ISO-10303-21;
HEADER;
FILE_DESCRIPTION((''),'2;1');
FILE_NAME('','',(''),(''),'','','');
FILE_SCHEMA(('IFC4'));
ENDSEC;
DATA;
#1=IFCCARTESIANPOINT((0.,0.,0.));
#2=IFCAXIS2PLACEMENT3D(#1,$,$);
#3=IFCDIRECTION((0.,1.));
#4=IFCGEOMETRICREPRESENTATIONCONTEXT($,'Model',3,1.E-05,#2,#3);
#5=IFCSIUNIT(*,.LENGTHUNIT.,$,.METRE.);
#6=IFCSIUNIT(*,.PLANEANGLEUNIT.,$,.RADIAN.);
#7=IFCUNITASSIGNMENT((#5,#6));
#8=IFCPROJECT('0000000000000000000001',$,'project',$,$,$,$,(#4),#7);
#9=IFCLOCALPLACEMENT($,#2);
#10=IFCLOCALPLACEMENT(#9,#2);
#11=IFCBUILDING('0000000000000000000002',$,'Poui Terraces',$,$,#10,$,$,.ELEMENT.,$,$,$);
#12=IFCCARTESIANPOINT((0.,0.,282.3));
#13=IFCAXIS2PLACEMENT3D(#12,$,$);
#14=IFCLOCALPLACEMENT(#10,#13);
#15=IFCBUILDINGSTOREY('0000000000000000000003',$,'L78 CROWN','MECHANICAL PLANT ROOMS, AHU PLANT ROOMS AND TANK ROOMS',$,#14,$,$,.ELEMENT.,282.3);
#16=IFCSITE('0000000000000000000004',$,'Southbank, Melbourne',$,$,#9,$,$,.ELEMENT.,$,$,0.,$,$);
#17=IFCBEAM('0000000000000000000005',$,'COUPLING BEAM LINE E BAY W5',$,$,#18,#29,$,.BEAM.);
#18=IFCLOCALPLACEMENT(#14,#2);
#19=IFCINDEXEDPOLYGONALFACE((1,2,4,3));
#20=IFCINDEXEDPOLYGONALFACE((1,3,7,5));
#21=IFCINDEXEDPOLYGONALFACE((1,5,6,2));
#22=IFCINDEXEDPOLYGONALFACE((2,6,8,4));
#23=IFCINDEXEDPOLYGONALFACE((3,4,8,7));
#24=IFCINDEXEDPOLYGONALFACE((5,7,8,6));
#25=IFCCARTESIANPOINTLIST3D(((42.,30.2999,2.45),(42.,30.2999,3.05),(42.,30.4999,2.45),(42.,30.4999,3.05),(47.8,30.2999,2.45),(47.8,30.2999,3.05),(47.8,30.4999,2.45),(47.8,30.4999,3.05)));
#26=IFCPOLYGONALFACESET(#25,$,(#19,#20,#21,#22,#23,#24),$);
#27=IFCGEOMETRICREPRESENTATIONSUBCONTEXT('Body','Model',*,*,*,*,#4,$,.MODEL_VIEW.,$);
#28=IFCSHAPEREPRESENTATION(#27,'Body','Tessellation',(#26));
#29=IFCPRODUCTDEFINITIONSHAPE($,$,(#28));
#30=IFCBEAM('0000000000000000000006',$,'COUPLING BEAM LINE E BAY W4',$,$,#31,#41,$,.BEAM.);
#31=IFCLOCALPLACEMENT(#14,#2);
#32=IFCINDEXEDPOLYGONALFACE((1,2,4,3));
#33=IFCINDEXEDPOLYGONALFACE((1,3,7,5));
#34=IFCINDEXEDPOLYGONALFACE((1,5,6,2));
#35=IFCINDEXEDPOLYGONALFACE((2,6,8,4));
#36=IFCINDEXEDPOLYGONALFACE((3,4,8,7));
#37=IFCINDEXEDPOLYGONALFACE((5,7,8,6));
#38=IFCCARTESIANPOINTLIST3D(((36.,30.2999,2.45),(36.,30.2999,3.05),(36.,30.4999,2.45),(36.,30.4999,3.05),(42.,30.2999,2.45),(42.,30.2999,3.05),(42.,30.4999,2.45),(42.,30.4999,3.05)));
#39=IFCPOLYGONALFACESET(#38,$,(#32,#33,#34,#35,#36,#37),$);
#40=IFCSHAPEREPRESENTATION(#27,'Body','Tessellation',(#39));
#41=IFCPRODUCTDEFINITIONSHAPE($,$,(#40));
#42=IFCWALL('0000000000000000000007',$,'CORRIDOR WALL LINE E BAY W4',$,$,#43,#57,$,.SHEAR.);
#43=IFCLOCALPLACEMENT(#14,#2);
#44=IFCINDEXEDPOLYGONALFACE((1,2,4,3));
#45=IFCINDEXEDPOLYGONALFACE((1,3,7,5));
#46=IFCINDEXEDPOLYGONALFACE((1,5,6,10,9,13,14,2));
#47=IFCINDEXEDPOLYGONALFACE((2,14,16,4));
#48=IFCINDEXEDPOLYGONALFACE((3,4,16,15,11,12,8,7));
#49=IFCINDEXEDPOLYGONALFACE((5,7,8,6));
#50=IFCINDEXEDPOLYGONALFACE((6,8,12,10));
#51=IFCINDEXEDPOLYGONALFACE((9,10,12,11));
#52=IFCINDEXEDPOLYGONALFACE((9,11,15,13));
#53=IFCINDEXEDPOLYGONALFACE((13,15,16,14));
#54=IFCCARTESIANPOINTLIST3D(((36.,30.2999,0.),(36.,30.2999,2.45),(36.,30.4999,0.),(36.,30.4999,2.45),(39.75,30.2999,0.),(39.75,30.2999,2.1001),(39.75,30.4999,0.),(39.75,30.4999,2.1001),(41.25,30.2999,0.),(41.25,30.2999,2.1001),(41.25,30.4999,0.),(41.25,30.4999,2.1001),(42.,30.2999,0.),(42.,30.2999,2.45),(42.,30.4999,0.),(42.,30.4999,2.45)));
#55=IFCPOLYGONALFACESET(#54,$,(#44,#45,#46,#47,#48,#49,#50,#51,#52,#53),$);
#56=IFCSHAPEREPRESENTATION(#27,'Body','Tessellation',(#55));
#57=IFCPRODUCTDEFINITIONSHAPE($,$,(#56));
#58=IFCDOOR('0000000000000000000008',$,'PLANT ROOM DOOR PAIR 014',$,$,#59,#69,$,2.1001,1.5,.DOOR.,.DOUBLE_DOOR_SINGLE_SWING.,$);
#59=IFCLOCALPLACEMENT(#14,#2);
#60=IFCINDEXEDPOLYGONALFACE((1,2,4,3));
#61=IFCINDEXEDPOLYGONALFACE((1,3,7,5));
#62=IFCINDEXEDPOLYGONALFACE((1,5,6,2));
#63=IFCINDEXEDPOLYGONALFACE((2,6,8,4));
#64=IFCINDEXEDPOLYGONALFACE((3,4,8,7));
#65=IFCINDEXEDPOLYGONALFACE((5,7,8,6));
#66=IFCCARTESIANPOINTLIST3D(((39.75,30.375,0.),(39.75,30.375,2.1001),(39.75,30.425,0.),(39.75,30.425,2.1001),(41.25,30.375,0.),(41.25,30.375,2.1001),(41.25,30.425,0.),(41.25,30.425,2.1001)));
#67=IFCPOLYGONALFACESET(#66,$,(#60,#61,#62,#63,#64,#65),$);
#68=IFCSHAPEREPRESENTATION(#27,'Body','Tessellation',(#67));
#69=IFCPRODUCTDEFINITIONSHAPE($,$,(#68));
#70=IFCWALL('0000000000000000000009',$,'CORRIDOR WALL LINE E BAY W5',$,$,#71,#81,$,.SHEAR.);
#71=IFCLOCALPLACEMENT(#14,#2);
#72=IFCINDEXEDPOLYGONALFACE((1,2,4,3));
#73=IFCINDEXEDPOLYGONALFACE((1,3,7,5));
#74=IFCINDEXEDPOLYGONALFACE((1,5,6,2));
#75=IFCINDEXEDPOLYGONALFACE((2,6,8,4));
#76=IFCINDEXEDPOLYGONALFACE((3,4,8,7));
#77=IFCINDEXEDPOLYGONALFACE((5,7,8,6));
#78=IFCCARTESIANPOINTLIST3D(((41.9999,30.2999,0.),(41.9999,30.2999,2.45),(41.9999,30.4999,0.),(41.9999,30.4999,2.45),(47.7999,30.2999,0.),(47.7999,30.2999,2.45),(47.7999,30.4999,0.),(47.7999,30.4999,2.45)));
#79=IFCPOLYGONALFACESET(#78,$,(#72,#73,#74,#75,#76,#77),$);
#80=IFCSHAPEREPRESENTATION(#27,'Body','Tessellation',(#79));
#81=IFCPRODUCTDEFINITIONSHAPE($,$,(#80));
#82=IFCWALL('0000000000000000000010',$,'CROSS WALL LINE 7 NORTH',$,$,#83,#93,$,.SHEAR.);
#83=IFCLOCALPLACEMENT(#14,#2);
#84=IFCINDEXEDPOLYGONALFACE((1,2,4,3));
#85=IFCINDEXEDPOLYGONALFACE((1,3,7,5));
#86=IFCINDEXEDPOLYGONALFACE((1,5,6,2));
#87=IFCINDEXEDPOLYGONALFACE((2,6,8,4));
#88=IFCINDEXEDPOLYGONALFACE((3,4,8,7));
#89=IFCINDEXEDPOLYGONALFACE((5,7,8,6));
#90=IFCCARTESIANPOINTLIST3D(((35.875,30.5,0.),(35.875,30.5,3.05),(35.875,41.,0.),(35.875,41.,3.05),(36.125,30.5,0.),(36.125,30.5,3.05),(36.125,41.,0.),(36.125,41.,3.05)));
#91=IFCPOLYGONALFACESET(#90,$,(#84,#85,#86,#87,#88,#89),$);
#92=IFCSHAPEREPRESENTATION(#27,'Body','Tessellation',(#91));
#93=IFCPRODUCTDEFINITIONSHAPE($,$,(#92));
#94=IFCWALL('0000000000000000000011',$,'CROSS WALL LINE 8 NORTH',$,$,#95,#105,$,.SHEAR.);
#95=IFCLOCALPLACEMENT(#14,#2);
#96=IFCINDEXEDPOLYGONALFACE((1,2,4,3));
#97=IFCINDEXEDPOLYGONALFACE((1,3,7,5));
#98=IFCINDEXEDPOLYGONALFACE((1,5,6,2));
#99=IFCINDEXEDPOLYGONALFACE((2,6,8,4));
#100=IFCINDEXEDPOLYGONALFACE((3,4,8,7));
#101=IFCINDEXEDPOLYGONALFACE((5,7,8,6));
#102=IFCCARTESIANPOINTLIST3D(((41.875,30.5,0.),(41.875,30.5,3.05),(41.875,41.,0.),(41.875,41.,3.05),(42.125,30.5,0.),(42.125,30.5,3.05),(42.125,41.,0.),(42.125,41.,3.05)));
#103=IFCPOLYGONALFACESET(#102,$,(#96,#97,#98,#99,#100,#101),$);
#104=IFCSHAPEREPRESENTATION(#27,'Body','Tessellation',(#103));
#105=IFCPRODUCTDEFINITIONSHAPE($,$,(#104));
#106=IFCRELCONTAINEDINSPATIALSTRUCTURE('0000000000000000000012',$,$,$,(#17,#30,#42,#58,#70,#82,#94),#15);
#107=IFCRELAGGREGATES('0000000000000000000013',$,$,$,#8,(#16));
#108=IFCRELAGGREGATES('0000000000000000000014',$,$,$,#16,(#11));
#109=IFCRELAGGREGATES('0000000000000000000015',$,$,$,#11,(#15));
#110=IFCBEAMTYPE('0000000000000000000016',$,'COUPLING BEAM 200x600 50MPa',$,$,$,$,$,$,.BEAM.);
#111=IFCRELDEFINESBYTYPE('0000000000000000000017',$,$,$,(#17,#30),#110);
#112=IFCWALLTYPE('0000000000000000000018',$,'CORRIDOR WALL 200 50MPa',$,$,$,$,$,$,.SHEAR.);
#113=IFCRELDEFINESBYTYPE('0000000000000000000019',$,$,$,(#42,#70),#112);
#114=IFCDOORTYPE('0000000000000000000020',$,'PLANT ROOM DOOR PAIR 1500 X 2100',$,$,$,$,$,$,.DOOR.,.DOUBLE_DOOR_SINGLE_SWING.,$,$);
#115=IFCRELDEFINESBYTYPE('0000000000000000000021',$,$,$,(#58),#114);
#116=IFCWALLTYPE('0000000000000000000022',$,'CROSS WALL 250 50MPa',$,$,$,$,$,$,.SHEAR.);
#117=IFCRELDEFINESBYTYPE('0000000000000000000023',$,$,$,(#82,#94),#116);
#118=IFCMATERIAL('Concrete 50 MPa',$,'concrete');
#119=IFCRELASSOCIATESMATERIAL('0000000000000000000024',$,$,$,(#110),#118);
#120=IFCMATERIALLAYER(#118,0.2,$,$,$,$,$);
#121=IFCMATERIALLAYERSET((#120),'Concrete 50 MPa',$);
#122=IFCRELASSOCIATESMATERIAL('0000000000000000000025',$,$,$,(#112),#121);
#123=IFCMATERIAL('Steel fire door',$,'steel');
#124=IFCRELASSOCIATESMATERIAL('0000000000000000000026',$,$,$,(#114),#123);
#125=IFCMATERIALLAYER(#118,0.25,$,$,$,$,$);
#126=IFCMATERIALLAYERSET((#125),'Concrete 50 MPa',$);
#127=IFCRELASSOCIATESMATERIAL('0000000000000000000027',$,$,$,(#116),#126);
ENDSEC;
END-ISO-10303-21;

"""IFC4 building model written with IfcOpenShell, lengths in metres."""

from ifc_helpers import new_model, si_unit, direction, frame, frame_2d, origin, origin_2d, place, context, subcontext, project, spatial, rectangle, extrude, source, transform, mapped, material, layer, layer_set, material_profile, profile_set, type_object, element, fill, save


model = new_model("IFC4")

# Units and contexts
model_context = context("Model", 3, precision=1e-05, world=origin(), true_north=direction((0.0, 1.0)))
body_context = subcontext(model_context, "Body", "Model", "MODEL_VIEW")
ifc_project = project(units=[si_unit("LENGTHUNIT", "METRE"), si_unit("PLANEANGLEUNIT", "RADIAN")], contexts=[model_context])

# Site, building, storey
site_placement = place(None, origin())
site = spatial("IfcSite", under=ifc_project, at=site_placement, Name="Southbank, Melbourne", CompositionType="ELEMENT", RefElevation=0.0)
building_placement = place(site_placement, origin())
building = spatial("IfcBuilding", under=site, at=building_placement, Name="Poui Terraces", CompositionType="ELEMENT")
storey_placement = place(building_placement, frame((0.0, 0.0, 282.3)))
storey = spatial("IfcBuildingStorey", under=building, at=storey_placement, Name="L78 CROWN", Description="MECHANICAL PLANT ROOMS, AHU PLANT ROOMS AND TANK ROOMS", CompositionType="ELEMENT", Elevation=282.3)

# Beams
ifc_material_1 = material(Name="Concrete 50 MPa", Category="concrete")
ifc_material_profile_1 = material_profile(ifc_material_1, rectangle(XDim=0.2, YDim=0.6001, at=origin_2d()), Name="RC 200x600")
ifc_profile_set_1 = profile_set([ifc_material_profile_1], Name="Concrete 50 MPa")
beam_type = type_object("IfcBeamType", Name="COUPLING BEAM 200x600 50MPa", PredefinedType="BEAM", material=ifc_profile_set_1)
shared_shape_1 = source(origin(), body_context, "Body", "SweptSolid", [
    extrude(rectangle(XDim=0.2, YDim=0.6001, at=origin_2d()), origin(), (0.0, 0.0, 1.0), 5.8),
])
beam_1_placement = place(storey_placement, frame((42.0, 30.3999, 2.75), z_axis=(1.0, 0.0, 0.0), x_axis=(0.0, 1.0, 0.0)))
element("IfcBeam", 1, at=beam_1_placement, inside=storey, type_object=beam_type, Name="COUPLING BEAM LINE E BAY W5", PredefinedType="BEAM", context=body_context, shape_type="MappedRepresentation", body=[
    mapped(shared_shape_1, transform((0.0, 0.0, 0.0))),
])
shared_shape_2 = source(origin(), body_context, "Body", "SweptSolid", [
    extrude(rectangle(XDim=0.2, YDim=0.6001, at=origin_2d()), origin(), (0.0, 0.0, 1.0), 6.0),
])
beam_2_placement = place(storey_placement, frame((36.0, 30.3999, 2.75), z_axis=(1.0, 0.0, 0.0), x_axis=(0.0, 1.0, 0.0)))
element("IfcBeam", 2, at=beam_2_placement, inside=storey, type_object=beam_type, Name="COUPLING BEAM LINE E BAY W4", PredefinedType="BEAM", context=body_context, shape_type="MappedRepresentation", body=[
    mapped(shared_shape_2, transform((0.0, 0.0, 0.0))),
])

# Wall, opening, door
ifc_layer_1 = layer(ifc_material_1, 0.2)
ifc_layer_set_1 = layer_set([ifc_layer_1], Name="Concrete 50 MPa")
wall_type_1 = type_object("IfcWallType", Name="CORRIDOR WALL 200 50MPa", PredefinedType="SHEAR", material=ifc_layer_set_1)
wall_1_placement = place(storey_placement, frame((36.0, 30.3999, 0.0), z_axis=(0.0, 0.0, 1.0), x_axis=(1.0, 0.0, 0.0)))
wall_1 = element("IfcWall", 3, at=wall_1_placement, inside=storey, type_object=wall_type_1, Name="CORRIDOR WALL LINE E BAY W4", PredefinedType="SHEAR", context=body_context, shape_type="SweptSolid", body=[
    extrude(rectangle(XDim=6.0, YDim=0.2, at=frame_2d((3.0, 0.0))), origin(), (0.0, 0.0, 1.0), 2.45),
])
opening_1_placement = place(wall_1_placement, frame((3.75, 0.0, 0.0)))
opening_1 = element("IfcOpeningElement", 4, at=opening_1_placement, cuts=wall_1, PredefinedType="OPENING", context=body_context, shape_type="SweptSolid", body=[
    extrude(rectangle(XDim=1.5, YDim=2.1001, at=frame_2d((0.75, 1.05))), frame((0.0, 0.1099, 0.0), z_axis=(0.0, -1.0, 0.0), x_axis=(1.0, 0.0, 0.0)), (0.0, 0.0, 1.0), 0.22),
])
ifc_material_2 = material(Name="Steel fire door", Category="steel")
door_type_1 = type_object("IfcDoorType", Name="PLANT ROOM DOOR PAIR 1500 X 2100", OperationType="DOUBLE_DOOR_SINGLE_SWING", PredefinedType="DOOR", material=ifc_material_2)
door_1_placement = place(opening_1_placement, frame((1.5, 0.0, 0.0), z_axis=(0.0, 0.0, 1.0), x_axis=(-1.0, 0.0, 0.0)))
door_1 = element("IfcDoor", 5, at=door_1_placement, inside=storey, type_object=door_type_1, Name="PLANT ROOM DOOR PAIR 014", OperationType="DOUBLE_DOOR_SINGLE_SWING", OverallHeight=2.1001, OverallWidth=1.5, PredefinedType="DOOR", context=body_context, shape_type="SweptSolid", body=[
    extrude(rectangle(XDim=1.5, YDim=2.1001, at=frame_2d((0.75, 1.05))), frame((0.0, 0.0249, 0.0), z_axis=(0.0, -1.0, 0.0), x_axis=(1.0, 0.0, 0.0)), (0.0, 0.0, 1.0), 0.05),
])
fill(opening_1, door_1)

# Walls
wall_2_placement = place(storey_placement, frame((42.0, 30.3999, 0.0), z_axis=(0.0, 0.0, 1.0), x_axis=(1.0, 0.0, 0.0)))
element("IfcWall", 6, at=wall_2_placement, inside=storey, type_object=wall_type_1, Name="CORRIDOR WALL LINE E BAY W5", PredefinedType="SHEAR", context=body_context, shape_type="SweptSolid", body=[
    extrude(rectangle(XDim=5.8, YDim=0.2, at=frame_2d((2.8999, 0.0))), origin(), (0.0, 0.0, 1.0), 2.45),
])
ifc_layer_2 = layer(ifc_material_1, 0.25)
ifc_layer_set_2 = layer_set([ifc_layer_2], Name="Concrete 50 MPa")
wall_type_2 = type_object("IfcWallType", Name="CROSS WALL 250 50MPa", PredefinedType="SHEAR", material=ifc_layer_set_2)
for number, where, z_axis, x_axis, name in (
    (7, (36.0, 30.5, 0.0), (0.0, 0.0, 1.0), (0.0, 1.0, 0.0), "CROSS WALL LINE 7 NORTH"),
    (8, (42.0, 30.5, 0.0), (0.0, 0.0, 1.0), (0.0, 1.0, 0.0), "CROSS WALL LINE 8 NORTH"),
):
    element("IfcWall", number, at=place(storey_placement, frame(where, z_axis=z_axis, x_axis=x_axis)), inside=storey, type_object=wall_type_2, Name=name, PredefinedType="SHEAR", context=body_context, shape_type="SweptSolid", body=[
        extrude(rectangle(XDim=10.5, YDim=0.25, at=frame_2d((5.25, 0.0))), origin(), (0.0, 0.0, 1.0), 3.05),
    ])

save(model, "model.ifc")
